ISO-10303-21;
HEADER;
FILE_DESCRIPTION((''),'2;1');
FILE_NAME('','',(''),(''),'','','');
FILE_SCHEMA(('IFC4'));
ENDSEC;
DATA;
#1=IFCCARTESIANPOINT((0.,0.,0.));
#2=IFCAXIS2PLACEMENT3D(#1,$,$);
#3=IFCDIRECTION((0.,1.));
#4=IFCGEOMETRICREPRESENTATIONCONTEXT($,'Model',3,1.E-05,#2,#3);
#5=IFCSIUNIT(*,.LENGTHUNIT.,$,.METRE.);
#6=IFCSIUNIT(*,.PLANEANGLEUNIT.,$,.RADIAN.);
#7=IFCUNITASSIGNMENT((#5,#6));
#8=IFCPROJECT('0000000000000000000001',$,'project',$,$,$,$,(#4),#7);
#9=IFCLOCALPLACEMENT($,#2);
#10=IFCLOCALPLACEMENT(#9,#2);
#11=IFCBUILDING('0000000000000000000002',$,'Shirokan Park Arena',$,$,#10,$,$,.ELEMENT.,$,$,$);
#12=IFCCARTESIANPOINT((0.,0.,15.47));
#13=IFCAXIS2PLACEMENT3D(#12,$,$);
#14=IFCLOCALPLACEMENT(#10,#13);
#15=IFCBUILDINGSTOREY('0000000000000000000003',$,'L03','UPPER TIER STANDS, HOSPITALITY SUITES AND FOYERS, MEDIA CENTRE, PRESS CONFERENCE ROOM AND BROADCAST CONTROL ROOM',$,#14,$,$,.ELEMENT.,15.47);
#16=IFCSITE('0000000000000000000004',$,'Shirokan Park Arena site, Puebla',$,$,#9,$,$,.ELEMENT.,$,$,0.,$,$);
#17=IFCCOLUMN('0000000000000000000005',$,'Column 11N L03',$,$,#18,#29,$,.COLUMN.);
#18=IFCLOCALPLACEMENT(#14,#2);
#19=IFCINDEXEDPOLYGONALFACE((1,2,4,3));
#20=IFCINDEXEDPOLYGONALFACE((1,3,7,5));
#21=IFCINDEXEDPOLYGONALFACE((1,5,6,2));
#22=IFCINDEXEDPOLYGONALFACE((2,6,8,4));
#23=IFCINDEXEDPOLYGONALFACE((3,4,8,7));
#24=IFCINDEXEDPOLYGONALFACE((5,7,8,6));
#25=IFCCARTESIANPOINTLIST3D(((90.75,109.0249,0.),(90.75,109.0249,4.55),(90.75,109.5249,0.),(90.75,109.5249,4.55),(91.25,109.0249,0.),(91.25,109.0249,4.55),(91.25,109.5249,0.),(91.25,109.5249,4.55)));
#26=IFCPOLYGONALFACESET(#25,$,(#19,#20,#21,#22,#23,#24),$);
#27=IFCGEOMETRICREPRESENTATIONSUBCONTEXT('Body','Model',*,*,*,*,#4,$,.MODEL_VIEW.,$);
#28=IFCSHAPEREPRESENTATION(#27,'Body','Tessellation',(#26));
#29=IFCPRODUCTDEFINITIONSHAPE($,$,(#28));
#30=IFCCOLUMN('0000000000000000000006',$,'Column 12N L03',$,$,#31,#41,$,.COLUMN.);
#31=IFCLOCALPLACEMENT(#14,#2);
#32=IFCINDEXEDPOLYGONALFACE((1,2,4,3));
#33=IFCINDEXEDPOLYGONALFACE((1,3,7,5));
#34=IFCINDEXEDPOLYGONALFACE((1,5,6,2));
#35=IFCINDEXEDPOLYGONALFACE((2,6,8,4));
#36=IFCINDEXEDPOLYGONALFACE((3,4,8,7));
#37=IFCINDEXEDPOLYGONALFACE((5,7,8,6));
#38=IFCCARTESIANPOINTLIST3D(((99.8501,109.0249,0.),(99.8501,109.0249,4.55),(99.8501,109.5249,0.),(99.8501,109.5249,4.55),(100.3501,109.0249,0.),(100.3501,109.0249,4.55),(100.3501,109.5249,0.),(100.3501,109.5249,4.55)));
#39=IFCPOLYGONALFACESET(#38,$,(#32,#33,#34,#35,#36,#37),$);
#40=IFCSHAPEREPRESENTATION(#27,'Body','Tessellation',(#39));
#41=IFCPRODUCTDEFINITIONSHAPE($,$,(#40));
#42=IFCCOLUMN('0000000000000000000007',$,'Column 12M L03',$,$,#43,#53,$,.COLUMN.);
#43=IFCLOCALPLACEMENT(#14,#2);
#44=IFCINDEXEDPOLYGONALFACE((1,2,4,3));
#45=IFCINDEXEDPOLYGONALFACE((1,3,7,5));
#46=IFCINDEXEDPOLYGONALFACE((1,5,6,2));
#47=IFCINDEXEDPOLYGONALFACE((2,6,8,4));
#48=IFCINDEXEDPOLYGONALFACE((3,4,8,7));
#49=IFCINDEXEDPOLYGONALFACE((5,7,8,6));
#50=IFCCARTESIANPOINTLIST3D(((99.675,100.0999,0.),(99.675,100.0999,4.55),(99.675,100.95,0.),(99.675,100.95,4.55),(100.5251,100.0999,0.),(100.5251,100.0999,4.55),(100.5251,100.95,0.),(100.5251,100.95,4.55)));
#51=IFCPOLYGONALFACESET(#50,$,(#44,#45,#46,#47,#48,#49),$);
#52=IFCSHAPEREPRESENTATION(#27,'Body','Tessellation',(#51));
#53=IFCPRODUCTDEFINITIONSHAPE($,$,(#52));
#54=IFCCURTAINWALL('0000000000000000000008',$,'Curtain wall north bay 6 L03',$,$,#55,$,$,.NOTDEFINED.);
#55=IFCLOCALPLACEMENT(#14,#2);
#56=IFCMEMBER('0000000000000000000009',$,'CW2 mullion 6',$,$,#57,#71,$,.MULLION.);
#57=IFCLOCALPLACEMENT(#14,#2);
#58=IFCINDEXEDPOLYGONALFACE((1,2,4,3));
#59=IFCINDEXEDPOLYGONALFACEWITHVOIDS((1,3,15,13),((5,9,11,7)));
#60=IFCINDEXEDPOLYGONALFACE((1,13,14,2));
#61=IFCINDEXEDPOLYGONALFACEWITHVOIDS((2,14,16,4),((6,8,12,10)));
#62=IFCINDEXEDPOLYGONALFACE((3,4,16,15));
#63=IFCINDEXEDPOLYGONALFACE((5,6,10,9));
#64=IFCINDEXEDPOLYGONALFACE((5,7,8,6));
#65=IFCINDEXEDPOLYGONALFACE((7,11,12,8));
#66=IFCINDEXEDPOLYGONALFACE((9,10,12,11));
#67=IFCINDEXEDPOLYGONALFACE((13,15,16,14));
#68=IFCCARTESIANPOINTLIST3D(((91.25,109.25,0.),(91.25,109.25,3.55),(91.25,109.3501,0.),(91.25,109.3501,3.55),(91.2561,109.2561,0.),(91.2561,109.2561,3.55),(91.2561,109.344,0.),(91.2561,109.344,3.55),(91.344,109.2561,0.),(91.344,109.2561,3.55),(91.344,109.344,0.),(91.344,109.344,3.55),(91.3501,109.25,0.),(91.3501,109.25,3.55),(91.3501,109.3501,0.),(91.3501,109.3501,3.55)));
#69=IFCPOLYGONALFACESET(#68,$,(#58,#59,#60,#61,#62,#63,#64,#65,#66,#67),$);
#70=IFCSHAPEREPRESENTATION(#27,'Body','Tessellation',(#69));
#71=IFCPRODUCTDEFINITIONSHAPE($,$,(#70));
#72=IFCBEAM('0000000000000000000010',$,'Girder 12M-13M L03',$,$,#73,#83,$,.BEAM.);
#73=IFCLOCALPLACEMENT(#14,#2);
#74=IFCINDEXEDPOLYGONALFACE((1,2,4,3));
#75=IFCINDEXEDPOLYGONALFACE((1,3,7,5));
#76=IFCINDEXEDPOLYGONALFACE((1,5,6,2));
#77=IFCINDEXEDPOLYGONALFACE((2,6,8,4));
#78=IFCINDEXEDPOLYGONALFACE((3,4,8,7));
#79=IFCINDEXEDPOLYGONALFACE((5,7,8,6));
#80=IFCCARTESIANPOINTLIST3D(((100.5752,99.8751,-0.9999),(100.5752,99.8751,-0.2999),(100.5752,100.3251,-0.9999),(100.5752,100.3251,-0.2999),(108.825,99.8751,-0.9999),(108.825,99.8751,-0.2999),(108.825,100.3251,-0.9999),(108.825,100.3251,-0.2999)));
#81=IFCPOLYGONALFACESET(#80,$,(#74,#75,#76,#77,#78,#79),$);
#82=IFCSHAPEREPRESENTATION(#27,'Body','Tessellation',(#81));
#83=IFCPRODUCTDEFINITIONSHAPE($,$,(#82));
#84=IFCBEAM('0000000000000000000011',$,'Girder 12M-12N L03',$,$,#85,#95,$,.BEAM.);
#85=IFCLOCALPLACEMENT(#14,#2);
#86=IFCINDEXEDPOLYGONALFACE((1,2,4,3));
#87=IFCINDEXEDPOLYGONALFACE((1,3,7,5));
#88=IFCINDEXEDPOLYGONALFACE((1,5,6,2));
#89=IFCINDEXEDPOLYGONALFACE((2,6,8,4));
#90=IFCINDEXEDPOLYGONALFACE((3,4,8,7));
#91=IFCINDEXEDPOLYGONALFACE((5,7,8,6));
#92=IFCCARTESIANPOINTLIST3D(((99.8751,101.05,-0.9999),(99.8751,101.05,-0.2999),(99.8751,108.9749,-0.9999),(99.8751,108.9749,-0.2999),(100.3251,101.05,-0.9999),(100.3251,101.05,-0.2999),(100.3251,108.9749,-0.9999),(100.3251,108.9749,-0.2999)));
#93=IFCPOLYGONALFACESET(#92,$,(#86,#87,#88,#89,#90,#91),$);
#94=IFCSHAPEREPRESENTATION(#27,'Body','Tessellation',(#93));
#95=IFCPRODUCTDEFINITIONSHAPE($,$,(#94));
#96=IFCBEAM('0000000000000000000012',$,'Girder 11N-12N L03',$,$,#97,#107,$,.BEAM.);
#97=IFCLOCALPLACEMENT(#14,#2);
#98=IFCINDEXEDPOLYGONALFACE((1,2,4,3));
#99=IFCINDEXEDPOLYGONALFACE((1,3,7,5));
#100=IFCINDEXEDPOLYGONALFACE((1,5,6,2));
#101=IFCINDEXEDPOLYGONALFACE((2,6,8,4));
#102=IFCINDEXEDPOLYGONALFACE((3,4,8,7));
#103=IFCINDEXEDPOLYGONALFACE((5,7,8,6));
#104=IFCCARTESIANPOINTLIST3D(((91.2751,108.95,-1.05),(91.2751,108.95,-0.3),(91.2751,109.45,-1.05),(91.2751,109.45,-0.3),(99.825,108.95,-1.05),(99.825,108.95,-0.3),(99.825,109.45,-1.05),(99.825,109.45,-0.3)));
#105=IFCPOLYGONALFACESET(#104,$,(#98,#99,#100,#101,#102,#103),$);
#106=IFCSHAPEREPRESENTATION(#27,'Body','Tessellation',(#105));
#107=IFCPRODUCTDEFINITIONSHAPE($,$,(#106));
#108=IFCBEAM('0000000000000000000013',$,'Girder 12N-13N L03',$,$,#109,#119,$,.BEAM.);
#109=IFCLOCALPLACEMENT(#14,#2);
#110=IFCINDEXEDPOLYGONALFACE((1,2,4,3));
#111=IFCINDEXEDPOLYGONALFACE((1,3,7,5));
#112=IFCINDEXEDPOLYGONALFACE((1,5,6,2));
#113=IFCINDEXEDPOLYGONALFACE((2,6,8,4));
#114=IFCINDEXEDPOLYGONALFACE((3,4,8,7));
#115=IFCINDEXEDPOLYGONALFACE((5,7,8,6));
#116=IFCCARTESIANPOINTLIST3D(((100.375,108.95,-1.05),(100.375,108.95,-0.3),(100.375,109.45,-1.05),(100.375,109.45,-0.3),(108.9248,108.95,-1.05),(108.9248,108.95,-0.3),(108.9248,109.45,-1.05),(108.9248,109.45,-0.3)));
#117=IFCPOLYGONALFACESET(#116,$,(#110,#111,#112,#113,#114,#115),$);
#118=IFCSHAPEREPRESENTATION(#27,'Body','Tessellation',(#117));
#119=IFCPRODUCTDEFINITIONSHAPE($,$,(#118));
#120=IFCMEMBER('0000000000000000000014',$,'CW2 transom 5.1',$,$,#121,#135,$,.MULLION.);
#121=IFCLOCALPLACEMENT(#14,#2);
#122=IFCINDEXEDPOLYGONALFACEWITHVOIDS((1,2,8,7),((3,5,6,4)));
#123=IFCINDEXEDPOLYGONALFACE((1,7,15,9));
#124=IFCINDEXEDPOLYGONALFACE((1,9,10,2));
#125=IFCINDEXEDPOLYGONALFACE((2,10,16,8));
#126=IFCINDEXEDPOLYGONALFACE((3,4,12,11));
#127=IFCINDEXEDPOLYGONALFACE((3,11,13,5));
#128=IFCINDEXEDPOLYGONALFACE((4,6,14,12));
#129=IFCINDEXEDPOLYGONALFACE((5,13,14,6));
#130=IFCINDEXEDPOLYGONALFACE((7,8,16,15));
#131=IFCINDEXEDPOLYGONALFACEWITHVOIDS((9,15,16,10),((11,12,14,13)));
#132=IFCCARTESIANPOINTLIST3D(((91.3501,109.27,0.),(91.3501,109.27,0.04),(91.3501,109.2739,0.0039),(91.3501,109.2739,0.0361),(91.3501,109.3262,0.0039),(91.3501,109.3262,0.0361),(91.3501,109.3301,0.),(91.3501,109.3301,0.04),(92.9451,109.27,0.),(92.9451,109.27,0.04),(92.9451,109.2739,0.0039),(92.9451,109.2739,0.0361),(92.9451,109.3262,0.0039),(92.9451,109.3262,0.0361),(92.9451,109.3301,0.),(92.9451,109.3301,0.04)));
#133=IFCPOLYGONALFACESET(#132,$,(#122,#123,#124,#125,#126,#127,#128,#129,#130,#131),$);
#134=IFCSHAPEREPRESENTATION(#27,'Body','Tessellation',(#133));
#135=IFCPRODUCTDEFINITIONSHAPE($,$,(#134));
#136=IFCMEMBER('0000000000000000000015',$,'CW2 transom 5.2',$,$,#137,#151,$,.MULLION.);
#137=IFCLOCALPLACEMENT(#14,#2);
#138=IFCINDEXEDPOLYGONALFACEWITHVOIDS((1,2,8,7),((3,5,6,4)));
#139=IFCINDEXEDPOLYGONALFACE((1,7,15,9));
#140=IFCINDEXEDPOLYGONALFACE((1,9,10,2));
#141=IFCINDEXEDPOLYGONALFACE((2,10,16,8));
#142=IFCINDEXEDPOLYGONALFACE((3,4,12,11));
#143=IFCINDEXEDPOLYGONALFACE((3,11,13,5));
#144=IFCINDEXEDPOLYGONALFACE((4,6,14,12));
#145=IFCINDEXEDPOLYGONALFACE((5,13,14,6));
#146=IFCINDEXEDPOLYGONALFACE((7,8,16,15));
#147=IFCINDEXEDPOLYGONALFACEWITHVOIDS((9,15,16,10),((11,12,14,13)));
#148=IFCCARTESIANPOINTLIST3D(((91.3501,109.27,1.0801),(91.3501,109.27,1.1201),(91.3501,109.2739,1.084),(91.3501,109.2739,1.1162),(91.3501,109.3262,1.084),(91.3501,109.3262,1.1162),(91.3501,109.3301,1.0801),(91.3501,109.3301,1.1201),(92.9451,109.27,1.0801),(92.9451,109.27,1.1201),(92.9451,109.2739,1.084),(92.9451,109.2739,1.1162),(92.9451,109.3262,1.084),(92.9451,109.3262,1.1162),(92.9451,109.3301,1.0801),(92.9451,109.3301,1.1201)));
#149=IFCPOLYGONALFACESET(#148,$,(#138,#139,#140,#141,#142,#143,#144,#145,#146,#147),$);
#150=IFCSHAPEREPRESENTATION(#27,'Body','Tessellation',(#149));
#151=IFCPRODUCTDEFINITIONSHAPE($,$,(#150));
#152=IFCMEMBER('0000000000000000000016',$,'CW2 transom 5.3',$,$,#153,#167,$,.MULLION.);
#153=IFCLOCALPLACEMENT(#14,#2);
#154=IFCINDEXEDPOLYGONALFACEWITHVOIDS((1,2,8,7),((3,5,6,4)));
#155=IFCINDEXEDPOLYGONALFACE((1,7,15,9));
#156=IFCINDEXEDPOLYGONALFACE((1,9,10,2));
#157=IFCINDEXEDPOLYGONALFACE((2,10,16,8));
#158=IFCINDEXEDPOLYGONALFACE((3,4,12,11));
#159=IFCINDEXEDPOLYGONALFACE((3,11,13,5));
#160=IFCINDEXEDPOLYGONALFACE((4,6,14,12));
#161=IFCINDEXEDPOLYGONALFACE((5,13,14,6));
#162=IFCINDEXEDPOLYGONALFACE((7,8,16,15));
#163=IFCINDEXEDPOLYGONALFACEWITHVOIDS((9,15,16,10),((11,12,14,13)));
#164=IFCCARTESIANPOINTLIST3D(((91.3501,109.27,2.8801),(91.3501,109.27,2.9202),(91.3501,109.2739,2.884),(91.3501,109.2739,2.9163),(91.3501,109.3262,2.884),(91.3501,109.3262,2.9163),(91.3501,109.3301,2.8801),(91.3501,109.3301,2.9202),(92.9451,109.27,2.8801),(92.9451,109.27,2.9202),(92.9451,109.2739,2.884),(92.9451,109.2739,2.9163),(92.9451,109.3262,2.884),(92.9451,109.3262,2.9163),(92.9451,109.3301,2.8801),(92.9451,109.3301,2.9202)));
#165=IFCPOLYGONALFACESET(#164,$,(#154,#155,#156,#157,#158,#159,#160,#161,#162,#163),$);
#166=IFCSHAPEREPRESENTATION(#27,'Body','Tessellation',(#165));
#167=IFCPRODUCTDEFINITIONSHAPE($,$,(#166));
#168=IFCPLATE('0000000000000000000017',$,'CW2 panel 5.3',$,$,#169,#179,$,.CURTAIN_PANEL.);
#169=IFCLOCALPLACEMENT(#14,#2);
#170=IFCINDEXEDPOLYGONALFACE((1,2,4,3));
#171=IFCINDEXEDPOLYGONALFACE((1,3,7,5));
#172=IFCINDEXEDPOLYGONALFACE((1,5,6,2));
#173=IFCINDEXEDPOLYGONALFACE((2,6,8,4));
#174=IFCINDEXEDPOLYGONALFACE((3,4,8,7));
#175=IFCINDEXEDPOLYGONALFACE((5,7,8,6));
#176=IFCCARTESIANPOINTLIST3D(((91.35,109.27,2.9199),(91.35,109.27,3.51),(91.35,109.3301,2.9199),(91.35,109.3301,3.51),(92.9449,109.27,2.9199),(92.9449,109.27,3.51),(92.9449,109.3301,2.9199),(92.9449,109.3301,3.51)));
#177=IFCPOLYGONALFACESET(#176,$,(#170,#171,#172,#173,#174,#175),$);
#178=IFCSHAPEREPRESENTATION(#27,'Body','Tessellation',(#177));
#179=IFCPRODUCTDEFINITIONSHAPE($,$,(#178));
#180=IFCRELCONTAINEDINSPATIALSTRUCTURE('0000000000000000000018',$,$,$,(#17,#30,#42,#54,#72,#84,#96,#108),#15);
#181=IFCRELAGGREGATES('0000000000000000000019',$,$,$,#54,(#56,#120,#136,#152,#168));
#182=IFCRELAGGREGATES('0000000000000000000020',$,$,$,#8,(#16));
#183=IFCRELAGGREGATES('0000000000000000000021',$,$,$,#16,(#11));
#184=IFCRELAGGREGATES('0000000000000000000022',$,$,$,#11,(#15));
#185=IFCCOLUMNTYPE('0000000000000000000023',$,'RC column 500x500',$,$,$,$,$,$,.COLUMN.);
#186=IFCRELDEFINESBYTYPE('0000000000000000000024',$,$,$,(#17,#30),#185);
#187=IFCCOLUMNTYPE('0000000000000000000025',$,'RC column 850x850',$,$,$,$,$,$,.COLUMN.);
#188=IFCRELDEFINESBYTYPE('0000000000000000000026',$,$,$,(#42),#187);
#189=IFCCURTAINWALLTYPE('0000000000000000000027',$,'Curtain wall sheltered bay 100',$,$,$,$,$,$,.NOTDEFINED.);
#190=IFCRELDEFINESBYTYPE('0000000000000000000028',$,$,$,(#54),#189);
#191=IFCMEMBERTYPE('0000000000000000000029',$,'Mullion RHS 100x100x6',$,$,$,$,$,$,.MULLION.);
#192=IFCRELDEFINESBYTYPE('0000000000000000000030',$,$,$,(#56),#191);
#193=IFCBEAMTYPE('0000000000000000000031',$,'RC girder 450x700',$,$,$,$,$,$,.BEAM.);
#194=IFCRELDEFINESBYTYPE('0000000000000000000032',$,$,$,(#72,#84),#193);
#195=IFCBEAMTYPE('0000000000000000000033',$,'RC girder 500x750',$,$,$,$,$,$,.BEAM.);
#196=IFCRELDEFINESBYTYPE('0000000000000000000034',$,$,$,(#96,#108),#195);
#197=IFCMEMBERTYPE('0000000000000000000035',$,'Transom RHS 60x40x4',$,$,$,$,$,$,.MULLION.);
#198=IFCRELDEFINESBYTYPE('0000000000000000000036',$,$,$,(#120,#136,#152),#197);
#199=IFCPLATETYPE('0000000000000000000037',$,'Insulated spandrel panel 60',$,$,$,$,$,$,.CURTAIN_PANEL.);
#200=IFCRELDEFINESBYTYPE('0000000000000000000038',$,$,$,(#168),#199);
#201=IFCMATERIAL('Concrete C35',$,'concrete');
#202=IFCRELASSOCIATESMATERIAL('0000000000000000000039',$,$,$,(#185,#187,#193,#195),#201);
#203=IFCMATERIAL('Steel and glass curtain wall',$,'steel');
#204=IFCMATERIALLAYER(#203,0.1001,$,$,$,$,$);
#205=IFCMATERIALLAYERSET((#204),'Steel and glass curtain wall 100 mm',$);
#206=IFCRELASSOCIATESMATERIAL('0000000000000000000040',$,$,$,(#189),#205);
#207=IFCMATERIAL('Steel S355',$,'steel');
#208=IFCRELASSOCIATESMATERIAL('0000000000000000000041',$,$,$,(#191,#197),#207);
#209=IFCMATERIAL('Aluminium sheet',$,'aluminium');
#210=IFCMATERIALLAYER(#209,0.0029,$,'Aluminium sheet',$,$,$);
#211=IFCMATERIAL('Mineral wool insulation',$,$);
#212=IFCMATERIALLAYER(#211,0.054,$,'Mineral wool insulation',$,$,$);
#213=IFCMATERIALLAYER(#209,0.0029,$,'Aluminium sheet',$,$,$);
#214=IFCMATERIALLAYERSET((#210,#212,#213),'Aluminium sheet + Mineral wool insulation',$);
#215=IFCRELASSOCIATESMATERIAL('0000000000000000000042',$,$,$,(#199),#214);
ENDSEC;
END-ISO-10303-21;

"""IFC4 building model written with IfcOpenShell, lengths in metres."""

from ifc_helpers import new_model, si_unit, direction, frame, origin, origin_2d, place, context, subcontext, project, spatial, rectangle, hollow_rectangle, extrude, material, layer, layer_set, material_profile, profile_set, type_object, element, aggregate, save


model = new_model("IFC4")

# Units and contexts
model_context = context("Model", 3, precision=1e-05, world=origin(), true_north=direction((0.0, 1.0)))
body_context = subcontext(model_context, "Body", "Model", "MODEL_VIEW")
ifc_project = project(units=[si_unit("LENGTHUNIT", "METRE"), si_unit("PLANEANGLEUNIT", "RADIAN")], contexts=[model_context])

# Site, building, storey
site_placement = place(None, origin())
site = spatial("IfcSite", under=ifc_project, at=site_placement, Name="Shirokan Park Arena site, Puebla", CompositionType="ELEMENT", RefElevation=0.0)
building_placement = place(site_placement, origin())
building = spatial("IfcBuilding", under=site, at=building_placement, Name="Shirokan Park Arena", CompositionType="ELEMENT")
storey_placement = place(building_placement, frame((0.0, 0.0, 15.47)))
storey = spatial("IfcBuildingStorey", under=building, at=storey_placement, Name="L03", Description="UPPER TIER STANDS, HOSPITALITY SUITES AND FOYERS, MEDIA CENTRE, PRESS CONFERENCE ROOM AND BROADCAST CONTROL ROOM", CompositionType="ELEMENT", Elevation=15.47)

# Columns
ifc_material_1 = material(Name="Concrete C35", Category="concrete")
ifc_material_profile_1 = material_profile(ifc_material_1, rectangle(XDim=0.5, YDim=0.5, at=origin_2d()), Name="500x500")
ifc_profile_set_1 = profile_set([ifc_material_profile_1], Name="Concrete C35")
column_type_1 = type_object("IfcColumnType", Name="RC column 500x500", PredefinedType="COLUMN", material=ifc_profile_set_1)
for number, where, z_axis, x_axis, name in (
    (1, (91.0, 109.2749, 0.0), (0.0, 0.0, 1.0), (1.0, 0.0, 0.0), "Column 11N L03"),
    (2, (100.1001, 109.2749, 0.0), (0.0, 0.0, 1.0), (1.0, 0.0, 0.0), "Column 12N L03"),
):
    element("IfcColumn", number, at=place(storey_placement, frame(where, z_axis=z_axis, x_axis=x_axis)), inside=storey, type_object=column_type_1, Name=name, PredefinedType="COLUMN", context=body_context, shape_type="SweptSolid", body=[
        extrude(rectangle(XDim=0.5, YDim=0.5, at=origin_2d()), origin(), (0.0, 0.0, 1.0), 4.55),
    ])
ifc_material_profile_2 = material_profile(ifc_material_1, rectangle(XDim=0.8501, YDim=0.8501, at=origin_2d()), Name="850x850")
ifc_profile_set_2 = profile_set([ifc_material_profile_2], Name="Concrete C35")
column_type_2 = type_object("IfcColumnType", Name="RC column 850x850", PredefinedType="COLUMN", material=ifc_profile_set_2)
column_placement = place(storey_placement, frame((100.1001, 100.5249, 0.0), z_axis=(0.0, 0.0, 1.0), x_axis=(1.0, 0.0, 0.0)))
element("IfcColumn", 3, at=column_placement, inside=storey, type_object=column_type_2, Name="Column 12M L03", PredefinedType="COLUMN", context=body_context, shape_type="SweptSolid", body=[
    extrude(rectangle(XDim=0.8501, YDim=0.8501, at=origin_2d()), origin(), (0.0, 0.0, 1.0), 4.55),
])

# Curtain wall, member
ifc_material_2 = material(Name="Steel and glass curtain wall", Category="steel")
ifc_layer_1 = layer(ifc_material_2, 0.1001)
ifc_layer_set_1 = layer_set([ifc_layer_1], Name="Steel and glass curtain wall 100 mm")
curtain_wall_type = type_object("IfcCurtainWallType", Name="Curtain wall sheltered bay 100", PredefinedType="NOTDEFINED", material=ifc_layer_set_1)
curtain_wall_placement = place(storey_placement, origin())
curtain_wall = element("IfcCurtainWall", 4, at=curtain_wall_placement, inside=storey, type_object=curtain_wall_type, Name="Curtain wall north bay 6 L03", PredefinedType="NOTDEFINED")
ifc_material_3 = material(Name="Steel S355", Category="steel")
ifc_material_profile_3 = material_profile(ifc_material_3, hollow_rectangle(XDim=0.1001, YDim=0.1001, WallThickness=0.0061, at=origin_2d()), Name="RHS 100x100x6")
ifc_profile_set_3 = profile_set([ifc_material_profile_3], Name="Steel S355")
member_type_1 = type_object("IfcMemberType", Name="Mullion RHS 100x100x6", PredefinedType="MULLION", material=ifc_profile_set_3)
member_1_placement = place(storey_placement, frame((91.3, 109.3, 0.0), z_axis=(0.0, 0.0, 1.0), x_axis=(0.0, -1.0, 0.0)))
member_1 = element("IfcMember", 5, at=member_1_placement, type_object=member_type_1, Name="CW2 mullion 6", PredefinedType="MULLION", context=body_context, shape_type="SweptSolid", body=[
    extrude(hollow_rectangle(XDim=0.1001, YDim=0.1001, WallThickness=0.0061, at=origin_2d()), origin(), (0.0, 0.0, 1.0), 3.55),
])

# Beams
ifc_material_profile_4 = material_profile(ifc_material_1, rectangle(XDim=0.45, YDim=0.7, at=origin_2d()), Name="450x700")
ifc_profile_set_4 = profile_set([ifc_material_profile_4], Name="Concrete C35")
beam_type_1 = type_object("IfcBeamType", Name="RC girder 450x700", PredefinedType="BEAM", material=ifc_profile_set_4)
beam_1_placement = place(storey_placement, frame((100.5752, 100.1001, -0.6499), z_axis=(1.0, 0.0, 0.0), x_axis=(0.0, 1.0, 0.0)))
element("IfcBeam", 6, at=beam_1_placement, inside=storey, type_object=beam_type_1, Name="Girder 12M-13M L03", PredefinedType="BEAM", context=body_context, shape_type="SweptSolid", body=[
    extrude(rectangle(XDim=0.45, YDim=0.7, at=origin_2d()), origin(), (0.0, 0.0, 1.0), 8.2498),
])
beam_2_placement = place(storey_placement, frame((100.1001, 101.05, -0.6499), z_axis=(0.0, 1.0, 0.0), x_axis=(-1.0, 0.0, 0.0)))
element("IfcBeam", 7, at=beam_2_placement, inside=storey, type_object=beam_type_1, Name="Girder 12M-12N L03", PredefinedType="BEAM", context=body_context, shape_type="SweptSolid", body=[
    extrude(rectangle(XDim=0.45, YDim=0.7, at=origin_2d()), origin(), (0.0, 0.0, 1.0), 7.9248),
])
ifc_material_profile_5 = material_profile(ifc_material_1, rectangle(XDim=0.5, YDim=0.75, at=origin_2d()), Name="500x750")
ifc_profile_set_5 = profile_set([ifc_material_profile_5], Name="Concrete C35")
beam_type_2 = type_object("IfcBeamType", Name="RC girder 500x750", PredefinedType="BEAM", material=ifc_profile_set_5)
for number, where, z_axis, x_axis, name in (
    (8, (91.2751, 109.2, -0.675), (1.0, 0.0, 0.0), (0.0, 1.0, 0.0), "Girder 11N-12N L03"),
    (9, (100.375, 109.2, -0.675), (1.0, 0.0, 0.0), (0.0, 1.0, 0.0), "Girder 12N-13N L03"),
):
    element("IfcBeam", number, at=place(storey_placement, frame(where, z_axis=z_axis, x_axis=x_axis)), inside=storey, type_object=beam_type_2, Name=name, PredefinedType="BEAM", context=body_context, shape_type="SweptSolid", body=[
        extrude(rectangle(XDim=0.5, YDim=0.75, at=origin_2d()), origin(), (0.0, 0.0, 1.0), 8.5498),
    ])

# Members
ifc_material_profile_6 = material_profile(ifc_material_3, hollow_rectangle(XDim=0.0601, YDim=0.04, WallThickness=0.0039, at=origin_2d()), Name="RHS 60x40x4")
ifc_profile_set_6 = profile_set([ifc_material_profile_6], Name="Steel S355")
member_type_2 = type_object("IfcMemberType", Name="Transom RHS 60x40x4", PredefinedType="MULLION", material=ifc_profile_set_6)
member_2_placement = place(storey_placement, frame((92.9451, 109.3, 0.02), z_axis=(-1.0, 0.0, 0.0), x_axis=(0.0, -1.0, 0.0)))
member_2 = element("IfcMember", 10, at=member_2_placement, type_object=member_type_2, Name="CW2 transom 5.1", PredefinedType="MULLION", context=body_context, shape_type="SweptSolid", body=[
    extrude(hollow_rectangle(XDim=0.0601, YDim=0.04, WallThickness=0.0039, at=origin_2d()), origin(), (0.0, 0.0, 1.0), 1.595),
])
member_3_placement = place(storey_placement, frame((92.9451, 109.3, 1.1001), z_axis=(-1.0, 0.0, 0.0), x_axis=(0.0, -1.0, 0.0)))
member_3 = element("IfcMember", 11, at=member_3_placement, type_object=member_type_2, Name="CW2 transom 5.2", PredefinedType="MULLION", context=body_context, shape_type="SweptSolid", body=[
    extrude(hollow_rectangle(XDim=0.0601, YDim=0.04, WallThickness=0.0039, at=origin_2d()), origin(), (0.0, 0.0, 1.0), 1.595),
])
member_4_placement = place(storey_placement, frame((92.9451, 109.3, 2.9001), z_axis=(-1.0, 0.0, 0.0), x_axis=(0.0, -1.0, 0.0)))
member_4 = element("IfcMember", 12, at=member_4_placement, type_object=member_type_2, Name="CW2 transom 5.3", PredefinedType="MULLION", context=body_context, shape_type="SweptSolid", body=[
    extrude(hollow_rectangle(XDim=0.0601, YDim=0.04, WallThickness=0.0039, at=origin_2d()), origin(), (0.0, 0.0, 1.0), 1.595),
])

# Plate
ifc_material_4 = material(Name="Aluminium sheet", Category="aluminium")
ifc_layer_2 = layer(ifc_material_4, 0.0029, Name="Aluminium sheet")
ifc_material_5 = material(Name="Mineral wool insulation")
ifc_layer_3 = layer(ifc_material_5, 0.054, Name="Mineral wool insulation")
ifc_layer_4 = layer(ifc_material_4, 0.0029, Name="Aluminium sheet")
ifc_layer_set_2 = layer_set([ifc_layer_2, ifc_layer_3, ifc_layer_4], Name="Aluminium sheet + Mineral wool insulation")
plate_type_1 = type_object("IfcPlateType", Name="Insulated spandrel panel 60", PredefinedType="CURTAIN_PANEL", material=ifc_layer_set_2)
plate_1_placement = place(storey_placement, frame((92.1475, 109.3, 2.9199), z_axis=(0.0, 0.0, 1.0), x_axis=(-1.0, 0.0, 0.0)))
plate_1 = element("IfcPlate", 13, at=plate_1_placement, type_object=plate_type_1, Name="CW2 panel 5.3", PredefinedType="CURTAIN_PANEL", context=body_context, shape_type="SweptSolid", body=[
    extrude(rectangle(XDim=1.595, YDim=0.0601, at=origin_2d()), origin(), (0.0, 0.0, 1.0), 0.5901),
])
aggregate(curtain_wall, [member_1, member_2, member_3, member_4, plate_1])

save(model, "model.ifc")
